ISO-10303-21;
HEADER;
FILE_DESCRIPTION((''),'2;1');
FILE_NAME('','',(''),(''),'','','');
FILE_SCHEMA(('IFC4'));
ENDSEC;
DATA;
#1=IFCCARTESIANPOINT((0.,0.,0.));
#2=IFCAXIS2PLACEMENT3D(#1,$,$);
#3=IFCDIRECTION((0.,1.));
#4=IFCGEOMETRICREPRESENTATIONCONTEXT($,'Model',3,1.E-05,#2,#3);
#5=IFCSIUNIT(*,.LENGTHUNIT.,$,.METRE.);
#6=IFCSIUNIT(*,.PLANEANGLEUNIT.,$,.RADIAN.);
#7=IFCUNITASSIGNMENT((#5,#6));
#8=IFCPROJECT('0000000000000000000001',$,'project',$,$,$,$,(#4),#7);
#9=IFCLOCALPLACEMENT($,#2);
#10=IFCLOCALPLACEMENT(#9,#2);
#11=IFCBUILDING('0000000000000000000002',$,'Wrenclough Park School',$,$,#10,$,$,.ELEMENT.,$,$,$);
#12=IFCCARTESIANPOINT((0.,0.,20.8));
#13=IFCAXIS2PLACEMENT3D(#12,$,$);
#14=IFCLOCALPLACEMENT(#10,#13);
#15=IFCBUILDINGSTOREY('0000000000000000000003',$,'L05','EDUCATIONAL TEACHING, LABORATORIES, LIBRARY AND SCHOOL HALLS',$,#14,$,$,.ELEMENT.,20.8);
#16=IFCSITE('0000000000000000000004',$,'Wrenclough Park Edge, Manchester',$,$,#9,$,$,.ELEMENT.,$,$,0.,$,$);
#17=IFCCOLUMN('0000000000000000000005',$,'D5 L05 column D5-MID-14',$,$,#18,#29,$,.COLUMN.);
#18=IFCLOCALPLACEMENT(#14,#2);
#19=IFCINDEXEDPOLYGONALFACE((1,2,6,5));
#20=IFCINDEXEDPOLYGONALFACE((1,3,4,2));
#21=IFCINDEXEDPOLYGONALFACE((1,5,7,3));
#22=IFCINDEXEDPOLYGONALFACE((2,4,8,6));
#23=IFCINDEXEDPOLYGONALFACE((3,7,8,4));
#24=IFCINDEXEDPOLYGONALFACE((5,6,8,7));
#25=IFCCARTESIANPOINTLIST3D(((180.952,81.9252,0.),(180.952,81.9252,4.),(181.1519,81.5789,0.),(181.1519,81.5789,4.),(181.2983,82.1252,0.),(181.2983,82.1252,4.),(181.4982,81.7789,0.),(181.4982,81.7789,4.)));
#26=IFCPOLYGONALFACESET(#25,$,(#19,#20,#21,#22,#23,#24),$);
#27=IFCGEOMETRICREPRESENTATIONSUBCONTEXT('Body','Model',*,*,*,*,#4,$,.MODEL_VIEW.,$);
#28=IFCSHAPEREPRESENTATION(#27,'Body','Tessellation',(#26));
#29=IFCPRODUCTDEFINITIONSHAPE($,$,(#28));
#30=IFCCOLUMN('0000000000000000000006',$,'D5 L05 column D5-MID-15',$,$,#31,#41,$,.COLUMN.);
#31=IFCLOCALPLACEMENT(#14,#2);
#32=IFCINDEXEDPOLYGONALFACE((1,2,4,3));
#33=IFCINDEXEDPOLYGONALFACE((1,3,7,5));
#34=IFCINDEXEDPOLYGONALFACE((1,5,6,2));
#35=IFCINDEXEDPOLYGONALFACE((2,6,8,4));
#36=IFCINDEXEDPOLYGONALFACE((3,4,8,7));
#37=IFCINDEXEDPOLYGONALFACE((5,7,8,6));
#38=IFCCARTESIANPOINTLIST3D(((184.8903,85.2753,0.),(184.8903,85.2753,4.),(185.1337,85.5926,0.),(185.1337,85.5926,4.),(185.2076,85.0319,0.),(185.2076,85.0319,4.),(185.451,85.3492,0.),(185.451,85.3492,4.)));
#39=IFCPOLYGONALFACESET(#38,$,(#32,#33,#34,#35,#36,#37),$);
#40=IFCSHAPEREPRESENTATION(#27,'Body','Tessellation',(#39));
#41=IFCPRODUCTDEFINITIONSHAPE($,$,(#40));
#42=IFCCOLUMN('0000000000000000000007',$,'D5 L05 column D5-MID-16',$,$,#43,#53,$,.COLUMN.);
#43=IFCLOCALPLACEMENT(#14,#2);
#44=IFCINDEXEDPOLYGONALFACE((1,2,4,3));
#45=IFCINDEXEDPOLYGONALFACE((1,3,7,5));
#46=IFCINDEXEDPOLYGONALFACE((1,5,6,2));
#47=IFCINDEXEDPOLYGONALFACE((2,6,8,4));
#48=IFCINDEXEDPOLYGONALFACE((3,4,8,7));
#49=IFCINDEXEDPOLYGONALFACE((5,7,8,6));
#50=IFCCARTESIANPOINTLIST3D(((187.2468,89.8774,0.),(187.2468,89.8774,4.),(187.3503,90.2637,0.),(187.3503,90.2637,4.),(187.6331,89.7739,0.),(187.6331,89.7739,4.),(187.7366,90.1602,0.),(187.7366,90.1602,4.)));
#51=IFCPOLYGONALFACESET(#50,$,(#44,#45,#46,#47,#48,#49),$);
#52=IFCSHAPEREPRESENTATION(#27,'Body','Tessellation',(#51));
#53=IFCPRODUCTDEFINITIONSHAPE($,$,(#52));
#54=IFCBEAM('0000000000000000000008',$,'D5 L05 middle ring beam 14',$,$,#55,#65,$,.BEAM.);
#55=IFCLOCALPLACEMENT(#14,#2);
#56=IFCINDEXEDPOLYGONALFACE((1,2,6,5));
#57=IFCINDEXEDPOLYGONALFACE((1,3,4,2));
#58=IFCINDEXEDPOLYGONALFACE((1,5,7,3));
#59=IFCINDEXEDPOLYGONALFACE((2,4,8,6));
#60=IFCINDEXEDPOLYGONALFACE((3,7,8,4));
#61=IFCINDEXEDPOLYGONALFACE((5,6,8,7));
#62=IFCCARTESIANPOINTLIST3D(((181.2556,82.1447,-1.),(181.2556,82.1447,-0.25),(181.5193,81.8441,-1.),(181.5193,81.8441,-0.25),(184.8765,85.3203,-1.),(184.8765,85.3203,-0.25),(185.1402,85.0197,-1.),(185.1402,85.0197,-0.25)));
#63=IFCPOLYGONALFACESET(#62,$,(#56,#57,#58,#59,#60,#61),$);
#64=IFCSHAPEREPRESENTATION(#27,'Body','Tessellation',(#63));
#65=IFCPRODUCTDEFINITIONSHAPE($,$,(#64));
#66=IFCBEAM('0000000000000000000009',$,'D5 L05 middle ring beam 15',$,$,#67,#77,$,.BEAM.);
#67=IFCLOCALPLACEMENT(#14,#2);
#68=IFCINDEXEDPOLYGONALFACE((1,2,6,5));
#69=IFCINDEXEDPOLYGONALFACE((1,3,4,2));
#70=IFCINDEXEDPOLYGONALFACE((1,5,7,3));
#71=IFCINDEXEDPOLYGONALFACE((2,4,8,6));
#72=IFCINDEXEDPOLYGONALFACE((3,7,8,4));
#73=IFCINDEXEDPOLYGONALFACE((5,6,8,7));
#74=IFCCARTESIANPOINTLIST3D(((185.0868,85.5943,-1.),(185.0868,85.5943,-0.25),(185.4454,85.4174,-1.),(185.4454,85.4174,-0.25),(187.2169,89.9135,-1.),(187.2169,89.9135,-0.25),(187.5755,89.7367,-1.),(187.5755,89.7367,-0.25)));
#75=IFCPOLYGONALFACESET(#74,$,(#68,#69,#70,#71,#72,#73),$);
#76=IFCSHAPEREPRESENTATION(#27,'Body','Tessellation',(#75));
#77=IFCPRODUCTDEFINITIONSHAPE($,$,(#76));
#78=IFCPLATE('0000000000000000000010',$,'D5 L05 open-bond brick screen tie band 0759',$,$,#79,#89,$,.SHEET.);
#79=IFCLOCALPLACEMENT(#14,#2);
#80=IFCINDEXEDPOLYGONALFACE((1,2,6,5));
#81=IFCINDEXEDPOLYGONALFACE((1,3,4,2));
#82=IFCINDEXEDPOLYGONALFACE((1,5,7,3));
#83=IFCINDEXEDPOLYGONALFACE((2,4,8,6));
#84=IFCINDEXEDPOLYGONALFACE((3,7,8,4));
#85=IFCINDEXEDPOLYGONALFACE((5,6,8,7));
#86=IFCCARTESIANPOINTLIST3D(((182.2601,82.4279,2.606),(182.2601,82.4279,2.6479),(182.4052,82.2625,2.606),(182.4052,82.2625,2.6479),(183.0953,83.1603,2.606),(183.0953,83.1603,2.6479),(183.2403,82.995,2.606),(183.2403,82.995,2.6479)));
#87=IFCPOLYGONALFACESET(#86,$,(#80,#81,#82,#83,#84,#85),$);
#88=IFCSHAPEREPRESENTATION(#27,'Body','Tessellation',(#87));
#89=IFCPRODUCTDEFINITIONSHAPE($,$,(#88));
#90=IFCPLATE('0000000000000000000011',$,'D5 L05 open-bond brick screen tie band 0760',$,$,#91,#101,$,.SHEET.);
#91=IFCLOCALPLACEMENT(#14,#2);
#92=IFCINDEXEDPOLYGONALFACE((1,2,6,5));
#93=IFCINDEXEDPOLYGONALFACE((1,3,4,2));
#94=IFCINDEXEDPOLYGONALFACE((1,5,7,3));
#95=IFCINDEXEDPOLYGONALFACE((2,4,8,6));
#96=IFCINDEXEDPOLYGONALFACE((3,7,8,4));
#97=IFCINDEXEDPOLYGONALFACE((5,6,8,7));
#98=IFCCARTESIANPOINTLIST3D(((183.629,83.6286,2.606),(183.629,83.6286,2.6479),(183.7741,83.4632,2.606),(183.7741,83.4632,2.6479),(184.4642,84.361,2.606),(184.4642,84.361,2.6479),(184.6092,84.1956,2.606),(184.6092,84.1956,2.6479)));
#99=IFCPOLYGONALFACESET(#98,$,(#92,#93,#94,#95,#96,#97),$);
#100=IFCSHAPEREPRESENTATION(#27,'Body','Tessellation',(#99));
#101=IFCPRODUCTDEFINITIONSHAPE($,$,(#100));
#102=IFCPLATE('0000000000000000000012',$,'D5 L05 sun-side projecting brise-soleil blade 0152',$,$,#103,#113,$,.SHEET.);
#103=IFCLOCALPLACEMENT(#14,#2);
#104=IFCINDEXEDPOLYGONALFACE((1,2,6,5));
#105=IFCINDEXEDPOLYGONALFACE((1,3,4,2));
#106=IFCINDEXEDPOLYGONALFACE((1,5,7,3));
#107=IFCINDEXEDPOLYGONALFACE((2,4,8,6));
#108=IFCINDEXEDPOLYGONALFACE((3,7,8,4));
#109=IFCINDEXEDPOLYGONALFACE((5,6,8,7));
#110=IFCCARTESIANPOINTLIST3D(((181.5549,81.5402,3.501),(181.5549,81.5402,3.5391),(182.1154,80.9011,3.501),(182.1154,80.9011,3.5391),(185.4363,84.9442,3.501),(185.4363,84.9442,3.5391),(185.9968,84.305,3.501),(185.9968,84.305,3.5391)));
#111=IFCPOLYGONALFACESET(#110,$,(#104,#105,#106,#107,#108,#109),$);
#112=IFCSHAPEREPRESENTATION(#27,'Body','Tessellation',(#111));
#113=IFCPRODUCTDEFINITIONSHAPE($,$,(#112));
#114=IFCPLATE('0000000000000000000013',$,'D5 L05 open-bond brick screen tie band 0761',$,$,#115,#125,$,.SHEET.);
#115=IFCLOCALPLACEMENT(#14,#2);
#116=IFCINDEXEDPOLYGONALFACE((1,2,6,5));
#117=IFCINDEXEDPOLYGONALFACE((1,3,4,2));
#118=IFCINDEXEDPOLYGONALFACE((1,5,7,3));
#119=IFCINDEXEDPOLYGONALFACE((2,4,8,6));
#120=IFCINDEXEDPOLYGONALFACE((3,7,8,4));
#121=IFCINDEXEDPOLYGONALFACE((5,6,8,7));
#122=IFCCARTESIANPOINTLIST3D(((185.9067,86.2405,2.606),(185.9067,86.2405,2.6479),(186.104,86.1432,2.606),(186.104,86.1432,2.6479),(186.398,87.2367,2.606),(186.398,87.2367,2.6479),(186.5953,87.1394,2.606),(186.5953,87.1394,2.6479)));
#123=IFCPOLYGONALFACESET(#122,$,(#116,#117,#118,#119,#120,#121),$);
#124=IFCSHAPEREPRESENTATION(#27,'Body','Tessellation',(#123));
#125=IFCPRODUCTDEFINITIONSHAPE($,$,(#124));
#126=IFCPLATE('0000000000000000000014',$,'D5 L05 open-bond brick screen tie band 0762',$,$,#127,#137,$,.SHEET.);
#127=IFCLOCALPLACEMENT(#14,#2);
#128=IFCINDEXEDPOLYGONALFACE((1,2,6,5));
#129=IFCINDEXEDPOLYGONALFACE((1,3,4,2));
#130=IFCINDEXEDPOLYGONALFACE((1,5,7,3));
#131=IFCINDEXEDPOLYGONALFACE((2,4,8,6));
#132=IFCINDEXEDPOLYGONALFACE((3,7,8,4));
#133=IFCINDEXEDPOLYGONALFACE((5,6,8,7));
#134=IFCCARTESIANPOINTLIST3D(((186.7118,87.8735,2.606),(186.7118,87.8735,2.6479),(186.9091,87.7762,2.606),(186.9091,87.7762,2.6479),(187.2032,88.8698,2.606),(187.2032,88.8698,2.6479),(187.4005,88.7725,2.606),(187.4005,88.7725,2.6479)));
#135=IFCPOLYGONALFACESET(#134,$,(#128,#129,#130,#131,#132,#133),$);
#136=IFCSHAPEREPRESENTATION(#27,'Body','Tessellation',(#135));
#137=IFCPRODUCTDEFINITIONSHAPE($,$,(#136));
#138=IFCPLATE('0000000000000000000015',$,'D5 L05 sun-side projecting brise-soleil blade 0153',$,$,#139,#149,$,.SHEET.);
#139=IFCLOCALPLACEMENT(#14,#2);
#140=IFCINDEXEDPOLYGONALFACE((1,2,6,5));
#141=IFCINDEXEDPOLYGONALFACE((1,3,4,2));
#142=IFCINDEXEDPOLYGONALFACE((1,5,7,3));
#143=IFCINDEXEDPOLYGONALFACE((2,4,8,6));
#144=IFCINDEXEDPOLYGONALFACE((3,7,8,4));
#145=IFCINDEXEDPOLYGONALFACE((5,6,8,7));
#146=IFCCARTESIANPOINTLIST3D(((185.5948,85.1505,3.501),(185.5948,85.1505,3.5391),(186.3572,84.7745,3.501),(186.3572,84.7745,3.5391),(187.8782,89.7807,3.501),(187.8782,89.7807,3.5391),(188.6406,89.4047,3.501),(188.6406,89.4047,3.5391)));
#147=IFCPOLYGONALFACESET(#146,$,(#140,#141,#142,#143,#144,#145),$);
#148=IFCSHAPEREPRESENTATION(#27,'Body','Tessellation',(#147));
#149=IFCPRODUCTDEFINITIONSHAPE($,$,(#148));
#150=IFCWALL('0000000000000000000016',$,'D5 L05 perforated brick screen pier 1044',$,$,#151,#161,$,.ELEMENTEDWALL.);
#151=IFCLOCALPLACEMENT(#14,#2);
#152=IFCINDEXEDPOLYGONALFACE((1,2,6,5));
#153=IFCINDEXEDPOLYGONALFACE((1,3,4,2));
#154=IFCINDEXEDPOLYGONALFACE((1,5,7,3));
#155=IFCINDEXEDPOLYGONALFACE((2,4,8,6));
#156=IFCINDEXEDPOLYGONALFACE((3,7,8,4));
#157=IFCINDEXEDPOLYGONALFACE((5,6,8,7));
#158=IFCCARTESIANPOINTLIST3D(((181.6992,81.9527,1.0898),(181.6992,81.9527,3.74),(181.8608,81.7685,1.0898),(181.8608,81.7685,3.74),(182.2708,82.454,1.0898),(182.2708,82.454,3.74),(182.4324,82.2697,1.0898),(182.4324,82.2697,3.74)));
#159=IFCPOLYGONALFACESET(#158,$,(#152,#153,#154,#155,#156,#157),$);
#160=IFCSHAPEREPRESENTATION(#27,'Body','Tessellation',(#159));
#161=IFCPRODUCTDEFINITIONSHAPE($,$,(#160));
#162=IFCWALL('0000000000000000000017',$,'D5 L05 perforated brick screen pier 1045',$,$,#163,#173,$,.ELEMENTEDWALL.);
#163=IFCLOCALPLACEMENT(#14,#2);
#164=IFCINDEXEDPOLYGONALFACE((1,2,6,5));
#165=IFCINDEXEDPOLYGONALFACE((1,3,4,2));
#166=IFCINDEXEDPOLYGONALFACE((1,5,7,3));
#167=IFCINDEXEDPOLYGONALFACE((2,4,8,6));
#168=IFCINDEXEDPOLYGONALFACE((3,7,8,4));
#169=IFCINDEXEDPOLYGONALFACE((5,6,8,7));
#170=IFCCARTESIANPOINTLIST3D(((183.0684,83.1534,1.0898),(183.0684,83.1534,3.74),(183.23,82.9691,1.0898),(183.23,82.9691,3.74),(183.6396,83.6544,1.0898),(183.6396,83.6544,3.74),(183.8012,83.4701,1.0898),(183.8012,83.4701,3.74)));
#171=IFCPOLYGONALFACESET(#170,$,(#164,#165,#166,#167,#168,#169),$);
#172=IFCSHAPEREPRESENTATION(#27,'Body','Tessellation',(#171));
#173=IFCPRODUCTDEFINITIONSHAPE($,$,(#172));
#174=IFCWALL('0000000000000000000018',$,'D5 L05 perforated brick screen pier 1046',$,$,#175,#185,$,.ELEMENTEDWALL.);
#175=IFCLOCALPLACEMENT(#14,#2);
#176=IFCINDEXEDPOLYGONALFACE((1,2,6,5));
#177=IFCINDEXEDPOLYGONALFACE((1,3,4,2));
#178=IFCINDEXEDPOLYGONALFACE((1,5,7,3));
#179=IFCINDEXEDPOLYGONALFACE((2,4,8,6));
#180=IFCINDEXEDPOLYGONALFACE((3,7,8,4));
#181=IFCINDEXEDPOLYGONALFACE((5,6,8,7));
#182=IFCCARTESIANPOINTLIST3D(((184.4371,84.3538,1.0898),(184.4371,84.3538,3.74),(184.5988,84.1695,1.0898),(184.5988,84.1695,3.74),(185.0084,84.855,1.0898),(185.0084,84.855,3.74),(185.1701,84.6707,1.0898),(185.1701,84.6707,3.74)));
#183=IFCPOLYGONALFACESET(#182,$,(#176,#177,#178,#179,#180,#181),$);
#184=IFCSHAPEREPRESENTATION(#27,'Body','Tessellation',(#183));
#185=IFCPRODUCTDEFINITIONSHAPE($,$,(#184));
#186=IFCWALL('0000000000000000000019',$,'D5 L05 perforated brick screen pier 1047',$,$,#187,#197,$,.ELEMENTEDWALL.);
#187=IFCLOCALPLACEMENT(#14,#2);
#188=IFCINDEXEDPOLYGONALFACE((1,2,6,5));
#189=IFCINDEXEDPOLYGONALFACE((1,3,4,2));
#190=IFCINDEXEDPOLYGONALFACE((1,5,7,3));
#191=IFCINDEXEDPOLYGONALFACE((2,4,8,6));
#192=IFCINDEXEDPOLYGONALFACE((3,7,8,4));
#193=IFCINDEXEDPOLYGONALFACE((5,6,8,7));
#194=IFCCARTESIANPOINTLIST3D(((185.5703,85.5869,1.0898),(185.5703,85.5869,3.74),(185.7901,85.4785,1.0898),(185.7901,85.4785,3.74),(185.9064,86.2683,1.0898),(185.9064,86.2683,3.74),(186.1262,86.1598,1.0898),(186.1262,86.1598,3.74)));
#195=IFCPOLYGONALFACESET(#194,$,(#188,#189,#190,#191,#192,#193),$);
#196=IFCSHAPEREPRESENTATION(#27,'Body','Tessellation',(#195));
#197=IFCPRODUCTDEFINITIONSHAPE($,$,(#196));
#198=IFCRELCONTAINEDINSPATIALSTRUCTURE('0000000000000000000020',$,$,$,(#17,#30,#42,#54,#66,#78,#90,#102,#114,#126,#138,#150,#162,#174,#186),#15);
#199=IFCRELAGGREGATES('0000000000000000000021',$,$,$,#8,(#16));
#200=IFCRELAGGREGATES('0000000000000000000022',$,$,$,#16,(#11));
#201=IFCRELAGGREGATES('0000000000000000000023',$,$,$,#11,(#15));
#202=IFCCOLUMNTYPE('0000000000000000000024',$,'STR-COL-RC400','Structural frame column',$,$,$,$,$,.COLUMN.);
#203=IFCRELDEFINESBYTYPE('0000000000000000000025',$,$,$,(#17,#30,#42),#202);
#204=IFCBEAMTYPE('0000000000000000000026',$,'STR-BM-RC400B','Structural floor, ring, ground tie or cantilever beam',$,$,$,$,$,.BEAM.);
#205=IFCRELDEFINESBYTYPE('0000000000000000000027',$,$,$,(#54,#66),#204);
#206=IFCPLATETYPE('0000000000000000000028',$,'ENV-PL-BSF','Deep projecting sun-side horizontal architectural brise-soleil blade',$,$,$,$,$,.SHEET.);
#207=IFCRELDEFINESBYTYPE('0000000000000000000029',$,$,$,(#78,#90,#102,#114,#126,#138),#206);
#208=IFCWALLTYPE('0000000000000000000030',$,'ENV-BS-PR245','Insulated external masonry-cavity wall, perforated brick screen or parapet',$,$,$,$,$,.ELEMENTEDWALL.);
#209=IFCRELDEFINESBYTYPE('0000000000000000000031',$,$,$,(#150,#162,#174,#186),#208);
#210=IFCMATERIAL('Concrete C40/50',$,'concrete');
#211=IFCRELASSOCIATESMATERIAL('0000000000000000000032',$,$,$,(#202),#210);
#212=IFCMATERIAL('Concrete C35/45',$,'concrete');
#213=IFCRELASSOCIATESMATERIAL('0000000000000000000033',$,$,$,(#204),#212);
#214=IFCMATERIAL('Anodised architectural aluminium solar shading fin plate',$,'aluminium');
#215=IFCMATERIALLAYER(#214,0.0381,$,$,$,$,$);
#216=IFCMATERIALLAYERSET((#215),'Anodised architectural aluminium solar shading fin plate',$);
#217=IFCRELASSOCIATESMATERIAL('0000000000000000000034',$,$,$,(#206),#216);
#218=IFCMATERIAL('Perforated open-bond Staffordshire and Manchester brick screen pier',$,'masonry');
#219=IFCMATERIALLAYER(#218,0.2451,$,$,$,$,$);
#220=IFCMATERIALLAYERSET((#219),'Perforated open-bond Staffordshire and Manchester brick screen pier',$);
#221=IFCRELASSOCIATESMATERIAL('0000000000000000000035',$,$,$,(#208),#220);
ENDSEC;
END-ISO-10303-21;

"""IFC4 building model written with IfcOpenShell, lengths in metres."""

from ifc_helpers import new_model, si_unit, direction, frame, frame_2d, origin, origin_2d, place, context, subcontext, project, spatial, rectangle, extrude, material, layer, layer_set, material_profile, profile_set, type_object, element, save


model = new_model("IFC4")

# Units and contexts
model_context = context("Model", 3, precision=1e-05, world=origin(), true_north=direction((0.0, 1.0)))
body_context = subcontext(model_context, "Body", "Model", "MODEL_VIEW")
ifc_project = project(units=[si_unit("LENGTHUNIT", "METRE"), si_unit("PLANEANGLEUNIT", "RADIAN")], contexts=[model_context])

# Site, building, storey
site_placement = place(None, origin())
site = spatial("IfcSite", under=ifc_project, at=site_placement, Name="Wrenclough Park Edge, Manchester", CompositionType="ELEMENT", RefElevation=0.0)
building_placement = place(site_placement, origin())
building = spatial("IfcBuilding", under=site, at=building_placement, Name="Wrenclough Park School", CompositionType="ELEMENT")
storey_placement = place(building_placement, frame((0.0, 0.0, 20.8)))
storey = spatial("IfcBuildingStorey", under=building, at=storey_placement, Name="L05", Description="EDUCATIONAL TEACHING, LABORATORIES, LIBRARY AND SCHOOL HALLS", CompositionType="ELEMENT", Elevation=20.8)

# Columns
ifc_material_1 = material(Name="Concrete C40/50", Category="concrete")
ifc_material_profile_1 = material_profile(ifc_material_1, rectangle(XDim=0.3999, YDim=0.3999, at=origin_2d()), Name="RC COL 400x400")
ifc_profile_set_1 = profile_set([ifc_material_profile_1], Name="Concrete C40/50")
column_type = type_object("IfcColumnType", Name="STR-COL-RC400", Description="Structural frame column", PredefinedType="COLUMN", material=ifc_profile_set_1)
for number, where, z_axis, x_axis, name in (
    (1, (181.2251, 81.8521, 0.0), (0.0, 0.0, 1.0), (0.866025, 0.5, 0.0), "D5 L05 column D5-MID-14"),
    (2, (185.1707, 85.3123, 0.0), (0.0, 0.0, 1.0), (0.608761, 0.793353, 0.0), "D5 L05 column D5-MID-15"),
    (3, (187.4917, 90.0188, 0.0), (0.0, 0.0, 1.0), (0.258819, 0.965926, 0.0), "D5 L05 column D5-MID-16"),
):
    element("IfcColumn", number, at=place(storey_placement, frame(where, z_axis=z_axis, x_axis=x_axis)), inside=storey, type_object=column_type, Name=name, PredefinedType="COLUMN", context=body_context, shape_type="SweptSolid", body=[
        extrude(rectangle(XDim=0.3999, YDim=0.3999, at=origin_2d()), origin(), (0.0, 0.0, 1.0), 4.0),
    ])

# Beams
ifc_material_2 = material(Name="Concrete C35/45", Category="concrete")
ifc_material_profile_2 = material_profile(ifc_material_2, rectangle(XDim=0.3999, YDim=0.75, at=origin_2d()), Name="RC BEAM 400x750")
ifc_profile_set_2 = profile_set([ifc_material_profile_2], Name="Concrete C35/45")
beam_type = type_object("IfcBeamType", Name="STR-BM-RC400B", Description="Structural floor, ring, ground tie or cantilever beam", PredefinedType="BEAM", material=ifc_profile_set_2)
beam_1_placement = place(storey_placement, frame((181.3875, 81.9944, -0.625), z_axis=(0.751826, 0.659362, 0.0), x_axis=(-0.659362, 0.751826, 0.0)))
element("IfcBeam", 4, at=beam_1_placement, inside=storey, type_object=beam_type, Name="D5 L05 middle ring beam 14", PredefinedType="BEAM", context=body_context, shape_type="SweptSolid", body=[
    extrude(rectangle(XDim=0.3999, YDim=0.75, at=origin_2d()), origin(), (0.0, 0.0, 1.0), 4.8162),
])
beam_2_placement = place(storey_placement, frame((185.2661, 85.5059, -0.625), z_axis=(0.4423, 0.896867, 0.0), x_axis=(-0.896867, 0.4423, 0.0)))
element("IfcBeam", 5, at=beam_2_placement, inside=storey, type_object=beam_type, Name="D5 L05 middle ring beam 15", PredefinedType="BEAM", context=body_context, shape_type="SweptSolid", body=[
    extrude(rectangle(XDim=0.3999, YDim=0.75, at=origin_2d()), origin(), (0.0, 0.0, 1.0), 4.8159),
])

# Plates
ifc_material_3 = material(Name="Anodised architectural aluminium solar shading fin plate", Category="aluminium")
ifc_layer_1 = layer(ifc_material_3, 0.0381)
ifc_layer_set_1 = layer_set([ifc_layer_1], Name="Anodised architectural aluminium solar shading fin plate")
plate_type = type_object("IfcPlateType", Name="ENV-PL-BSF", Description="Deep projecting sun-side horizontal architectural brise-soleil blade", PredefinedType="SHEET", material=ifc_layer_set_1)
for number, where, z_axis, x_axis, name in (
    (6, (182.7502, 82.7114, 2.606), (0.0, 0.0, 1.0), (0.751836, 0.659351, 0.0), "D5 L05 open-bond brick screen tie band 0759"),
    (7, (184.1191, 83.9121, 2.606), (0.0, 0.0, 1.0), (0.751836, 0.659351, 0.0), "D5 L05 open-bond brick screen tie band 0760"),
):
    element("IfcPlate", number, at=place(storey_placement, frame(where, z_axis=z_axis, x_axis=x_axis)), inside=storey, type_object=plate_type, Name=name, PredefinedType="SHEET", context=body_context, shape_type="SweptSolid", body=[
        extrude(rectangle(XDim=1.1108, YDim=0.22, at=origin_2d()), origin(), (0.0, 0.0, 1.0), 0.042),
    ])
plate_1_placement = place(storey_placement, frame((183.7759, 82.9226, 3.501), z_axis=(0.0, 0.0, 1.0), x_axis=(0.751836, 0.659351, 0.0)))
element("IfcPlate", 8, at=plate_1_placement, inside=storey, type_object=plate_type, Name="D5 L05 sun-side projecting brise-soleil blade 0152", PredefinedType="SHEET", context=body_context, shape_type="SweptSolid", body=[
    extrude(rectangle(XDim=5.1626, YDim=0.8501, at=origin_2d()), origin(), (0.0, 0.0, 1.0), 0.0381),
])
for number, where, z_axis, x_axis, name in (
    (9, (186.251, 86.6899, 2.606), (0.0, 0.0, 1.0), (0.442301, 0.896867, 0.0), "D5 L05 open-bond brick screen tie band 0761"),
    (10, (187.0562, 88.323, 2.606), (0.0, 0.0, 1.0), (0.442301, 0.896867, 0.0), "D5 L05 open-bond brick screen tie band 0762"),
):
    element("IfcPlate", number, at=place(storey_placement, frame(where, z_axis=z_axis, x_axis=x_axis)), inside=storey, type_object=plate_type, Name=name, PredefinedType="SHEET", context=body_context, shape_type="SweptSolid", body=[
        extrude(rectangle(XDim=1.1108, YDim=0.22, at=origin_2d()), origin(), (0.0, 0.0, 1.0), 0.042),
    ])
plate_2_placement = place(storey_placement, frame((187.1177, 87.2776, 3.501), z_axis=(0.0, 0.0, 1.0), x_axis=(0.442301, 0.896867, 0.0)))
element("IfcPlate", 11, at=plate_2_placement, inside=storey, type_object=plate_type, Name="D5 L05 sun-side projecting brise-soleil blade 0153", PredefinedType="SHEET", context=body_context, shape_type="SweptSolid", body=[
    extrude(rectangle(XDim=5.1626, YDim=0.8501, at=origin_2d()), origin(), (0.0, 0.0, 1.0), 0.0381),
])

# Walls
ifc_material_4 = material(Name="Perforated open-bond Staffordshire and Manchester brick screen pier", Category="masonry")
ifc_layer_2 = layer(ifc_material_4, 0.2451)
ifc_layer_set_2 = layer_set([ifc_layer_2], Name="Perforated open-bond Staffordshire and Manchester brick screen pier")
wall_type_1 = type_object("IfcWallType", Name="ENV-BS-PR245", Description="Insulated external masonry-cavity wall, perforated brick screen or parapet", PredefinedType="ELEMENTEDWALL", material=ifc_layer_set_2)
wall_1_placement = place(storey_placement, frame((181.78, 81.8606, 1.0898), z_axis=(0.0, 0.0, 1.0), x_axis=(0.75184, 0.659345, 0.0)))
element("IfcWall", 12, at=wall_1_placement, inside=storey, type_object=wall_type_1, Name="D5 L05 perforated brick screen pier 1044", PredefinedType="ELEMENTEDWALL", context=body_context, shape_type="SweptSolid", body=[
    extrude(rectangle(XDim=0.7603, YDim=0.2451, at=frame_2d((0.3801, 0.0))), origin(), (0.0, 0.0, 1.0), 2.6501),
])
wall_2_placement = place(storey_placement, frame((183.1492, 83.0613, 1.0898), z_axis=(0.0, 0.0, 1.0), x_axis=(0.75186, 0.659323, 0.0)))
element("IfcWall", 13, at=wall_2_placement, inside=storey, type_object=wall_type_1, Name="D5 L05 perforated brick screen pier 1045", PredefinedType="ELEMENTEDWALL", context=body_context, shape_type="SweptSolid", body=[
    extrude(rectangle(XDim=0.7598, YDim=0.2451, at=frame_2d((0.3799, 0.0))), origin(), (0.0, 0.0, 1.0), 2.6501),
])
wall_3_placement = place(storey_placement, frame((184.5181, 84.2617, 1.0898), z_axis=(0.0, 0.0, 1.0), x_axis=(0.7517, 0.659505, 0.0)))
element("IfcWall", 14, at=wall_3_placement, inside=storey, type_object=wall_type_1, Name="D5 L05 perforated brick screen pier 1046", PredefinedType="ELEMENTEDWALL", context=body_context, shape_type="SweptSolid", body=[
    extrude(rectangle(XDim=0.76, YDim=0.2451, at=frame_2d((0.3799, 0.0))), origin(), (0.0, 0.0, 1.0), 2.6501),
])
wall_4_placement = place(storey_placement, frame((185.6802, 85.5327, 1.0898), z_axis=(0.0, 0.0, 1.0), x_axis=(0.442452, 0.896792, 0.0)))
element("IfcWall", 15, at=wall_4_placement, inside=storey, type_object=wall_type_1, Name="D5 L05 perforated brick screen pier 1047", PredefinedType="ELEMENTEDWALL", context=body_context, shape_type="SweptSolid", body=[
    extrude(rectangle(XDim=0.7598, YDim=0.2451, at=frame_2d((0.3799, 0.0))), origin(), (0.0, 0.0, 1.0), 2.6501),
])

save(model, "model.ifc")
